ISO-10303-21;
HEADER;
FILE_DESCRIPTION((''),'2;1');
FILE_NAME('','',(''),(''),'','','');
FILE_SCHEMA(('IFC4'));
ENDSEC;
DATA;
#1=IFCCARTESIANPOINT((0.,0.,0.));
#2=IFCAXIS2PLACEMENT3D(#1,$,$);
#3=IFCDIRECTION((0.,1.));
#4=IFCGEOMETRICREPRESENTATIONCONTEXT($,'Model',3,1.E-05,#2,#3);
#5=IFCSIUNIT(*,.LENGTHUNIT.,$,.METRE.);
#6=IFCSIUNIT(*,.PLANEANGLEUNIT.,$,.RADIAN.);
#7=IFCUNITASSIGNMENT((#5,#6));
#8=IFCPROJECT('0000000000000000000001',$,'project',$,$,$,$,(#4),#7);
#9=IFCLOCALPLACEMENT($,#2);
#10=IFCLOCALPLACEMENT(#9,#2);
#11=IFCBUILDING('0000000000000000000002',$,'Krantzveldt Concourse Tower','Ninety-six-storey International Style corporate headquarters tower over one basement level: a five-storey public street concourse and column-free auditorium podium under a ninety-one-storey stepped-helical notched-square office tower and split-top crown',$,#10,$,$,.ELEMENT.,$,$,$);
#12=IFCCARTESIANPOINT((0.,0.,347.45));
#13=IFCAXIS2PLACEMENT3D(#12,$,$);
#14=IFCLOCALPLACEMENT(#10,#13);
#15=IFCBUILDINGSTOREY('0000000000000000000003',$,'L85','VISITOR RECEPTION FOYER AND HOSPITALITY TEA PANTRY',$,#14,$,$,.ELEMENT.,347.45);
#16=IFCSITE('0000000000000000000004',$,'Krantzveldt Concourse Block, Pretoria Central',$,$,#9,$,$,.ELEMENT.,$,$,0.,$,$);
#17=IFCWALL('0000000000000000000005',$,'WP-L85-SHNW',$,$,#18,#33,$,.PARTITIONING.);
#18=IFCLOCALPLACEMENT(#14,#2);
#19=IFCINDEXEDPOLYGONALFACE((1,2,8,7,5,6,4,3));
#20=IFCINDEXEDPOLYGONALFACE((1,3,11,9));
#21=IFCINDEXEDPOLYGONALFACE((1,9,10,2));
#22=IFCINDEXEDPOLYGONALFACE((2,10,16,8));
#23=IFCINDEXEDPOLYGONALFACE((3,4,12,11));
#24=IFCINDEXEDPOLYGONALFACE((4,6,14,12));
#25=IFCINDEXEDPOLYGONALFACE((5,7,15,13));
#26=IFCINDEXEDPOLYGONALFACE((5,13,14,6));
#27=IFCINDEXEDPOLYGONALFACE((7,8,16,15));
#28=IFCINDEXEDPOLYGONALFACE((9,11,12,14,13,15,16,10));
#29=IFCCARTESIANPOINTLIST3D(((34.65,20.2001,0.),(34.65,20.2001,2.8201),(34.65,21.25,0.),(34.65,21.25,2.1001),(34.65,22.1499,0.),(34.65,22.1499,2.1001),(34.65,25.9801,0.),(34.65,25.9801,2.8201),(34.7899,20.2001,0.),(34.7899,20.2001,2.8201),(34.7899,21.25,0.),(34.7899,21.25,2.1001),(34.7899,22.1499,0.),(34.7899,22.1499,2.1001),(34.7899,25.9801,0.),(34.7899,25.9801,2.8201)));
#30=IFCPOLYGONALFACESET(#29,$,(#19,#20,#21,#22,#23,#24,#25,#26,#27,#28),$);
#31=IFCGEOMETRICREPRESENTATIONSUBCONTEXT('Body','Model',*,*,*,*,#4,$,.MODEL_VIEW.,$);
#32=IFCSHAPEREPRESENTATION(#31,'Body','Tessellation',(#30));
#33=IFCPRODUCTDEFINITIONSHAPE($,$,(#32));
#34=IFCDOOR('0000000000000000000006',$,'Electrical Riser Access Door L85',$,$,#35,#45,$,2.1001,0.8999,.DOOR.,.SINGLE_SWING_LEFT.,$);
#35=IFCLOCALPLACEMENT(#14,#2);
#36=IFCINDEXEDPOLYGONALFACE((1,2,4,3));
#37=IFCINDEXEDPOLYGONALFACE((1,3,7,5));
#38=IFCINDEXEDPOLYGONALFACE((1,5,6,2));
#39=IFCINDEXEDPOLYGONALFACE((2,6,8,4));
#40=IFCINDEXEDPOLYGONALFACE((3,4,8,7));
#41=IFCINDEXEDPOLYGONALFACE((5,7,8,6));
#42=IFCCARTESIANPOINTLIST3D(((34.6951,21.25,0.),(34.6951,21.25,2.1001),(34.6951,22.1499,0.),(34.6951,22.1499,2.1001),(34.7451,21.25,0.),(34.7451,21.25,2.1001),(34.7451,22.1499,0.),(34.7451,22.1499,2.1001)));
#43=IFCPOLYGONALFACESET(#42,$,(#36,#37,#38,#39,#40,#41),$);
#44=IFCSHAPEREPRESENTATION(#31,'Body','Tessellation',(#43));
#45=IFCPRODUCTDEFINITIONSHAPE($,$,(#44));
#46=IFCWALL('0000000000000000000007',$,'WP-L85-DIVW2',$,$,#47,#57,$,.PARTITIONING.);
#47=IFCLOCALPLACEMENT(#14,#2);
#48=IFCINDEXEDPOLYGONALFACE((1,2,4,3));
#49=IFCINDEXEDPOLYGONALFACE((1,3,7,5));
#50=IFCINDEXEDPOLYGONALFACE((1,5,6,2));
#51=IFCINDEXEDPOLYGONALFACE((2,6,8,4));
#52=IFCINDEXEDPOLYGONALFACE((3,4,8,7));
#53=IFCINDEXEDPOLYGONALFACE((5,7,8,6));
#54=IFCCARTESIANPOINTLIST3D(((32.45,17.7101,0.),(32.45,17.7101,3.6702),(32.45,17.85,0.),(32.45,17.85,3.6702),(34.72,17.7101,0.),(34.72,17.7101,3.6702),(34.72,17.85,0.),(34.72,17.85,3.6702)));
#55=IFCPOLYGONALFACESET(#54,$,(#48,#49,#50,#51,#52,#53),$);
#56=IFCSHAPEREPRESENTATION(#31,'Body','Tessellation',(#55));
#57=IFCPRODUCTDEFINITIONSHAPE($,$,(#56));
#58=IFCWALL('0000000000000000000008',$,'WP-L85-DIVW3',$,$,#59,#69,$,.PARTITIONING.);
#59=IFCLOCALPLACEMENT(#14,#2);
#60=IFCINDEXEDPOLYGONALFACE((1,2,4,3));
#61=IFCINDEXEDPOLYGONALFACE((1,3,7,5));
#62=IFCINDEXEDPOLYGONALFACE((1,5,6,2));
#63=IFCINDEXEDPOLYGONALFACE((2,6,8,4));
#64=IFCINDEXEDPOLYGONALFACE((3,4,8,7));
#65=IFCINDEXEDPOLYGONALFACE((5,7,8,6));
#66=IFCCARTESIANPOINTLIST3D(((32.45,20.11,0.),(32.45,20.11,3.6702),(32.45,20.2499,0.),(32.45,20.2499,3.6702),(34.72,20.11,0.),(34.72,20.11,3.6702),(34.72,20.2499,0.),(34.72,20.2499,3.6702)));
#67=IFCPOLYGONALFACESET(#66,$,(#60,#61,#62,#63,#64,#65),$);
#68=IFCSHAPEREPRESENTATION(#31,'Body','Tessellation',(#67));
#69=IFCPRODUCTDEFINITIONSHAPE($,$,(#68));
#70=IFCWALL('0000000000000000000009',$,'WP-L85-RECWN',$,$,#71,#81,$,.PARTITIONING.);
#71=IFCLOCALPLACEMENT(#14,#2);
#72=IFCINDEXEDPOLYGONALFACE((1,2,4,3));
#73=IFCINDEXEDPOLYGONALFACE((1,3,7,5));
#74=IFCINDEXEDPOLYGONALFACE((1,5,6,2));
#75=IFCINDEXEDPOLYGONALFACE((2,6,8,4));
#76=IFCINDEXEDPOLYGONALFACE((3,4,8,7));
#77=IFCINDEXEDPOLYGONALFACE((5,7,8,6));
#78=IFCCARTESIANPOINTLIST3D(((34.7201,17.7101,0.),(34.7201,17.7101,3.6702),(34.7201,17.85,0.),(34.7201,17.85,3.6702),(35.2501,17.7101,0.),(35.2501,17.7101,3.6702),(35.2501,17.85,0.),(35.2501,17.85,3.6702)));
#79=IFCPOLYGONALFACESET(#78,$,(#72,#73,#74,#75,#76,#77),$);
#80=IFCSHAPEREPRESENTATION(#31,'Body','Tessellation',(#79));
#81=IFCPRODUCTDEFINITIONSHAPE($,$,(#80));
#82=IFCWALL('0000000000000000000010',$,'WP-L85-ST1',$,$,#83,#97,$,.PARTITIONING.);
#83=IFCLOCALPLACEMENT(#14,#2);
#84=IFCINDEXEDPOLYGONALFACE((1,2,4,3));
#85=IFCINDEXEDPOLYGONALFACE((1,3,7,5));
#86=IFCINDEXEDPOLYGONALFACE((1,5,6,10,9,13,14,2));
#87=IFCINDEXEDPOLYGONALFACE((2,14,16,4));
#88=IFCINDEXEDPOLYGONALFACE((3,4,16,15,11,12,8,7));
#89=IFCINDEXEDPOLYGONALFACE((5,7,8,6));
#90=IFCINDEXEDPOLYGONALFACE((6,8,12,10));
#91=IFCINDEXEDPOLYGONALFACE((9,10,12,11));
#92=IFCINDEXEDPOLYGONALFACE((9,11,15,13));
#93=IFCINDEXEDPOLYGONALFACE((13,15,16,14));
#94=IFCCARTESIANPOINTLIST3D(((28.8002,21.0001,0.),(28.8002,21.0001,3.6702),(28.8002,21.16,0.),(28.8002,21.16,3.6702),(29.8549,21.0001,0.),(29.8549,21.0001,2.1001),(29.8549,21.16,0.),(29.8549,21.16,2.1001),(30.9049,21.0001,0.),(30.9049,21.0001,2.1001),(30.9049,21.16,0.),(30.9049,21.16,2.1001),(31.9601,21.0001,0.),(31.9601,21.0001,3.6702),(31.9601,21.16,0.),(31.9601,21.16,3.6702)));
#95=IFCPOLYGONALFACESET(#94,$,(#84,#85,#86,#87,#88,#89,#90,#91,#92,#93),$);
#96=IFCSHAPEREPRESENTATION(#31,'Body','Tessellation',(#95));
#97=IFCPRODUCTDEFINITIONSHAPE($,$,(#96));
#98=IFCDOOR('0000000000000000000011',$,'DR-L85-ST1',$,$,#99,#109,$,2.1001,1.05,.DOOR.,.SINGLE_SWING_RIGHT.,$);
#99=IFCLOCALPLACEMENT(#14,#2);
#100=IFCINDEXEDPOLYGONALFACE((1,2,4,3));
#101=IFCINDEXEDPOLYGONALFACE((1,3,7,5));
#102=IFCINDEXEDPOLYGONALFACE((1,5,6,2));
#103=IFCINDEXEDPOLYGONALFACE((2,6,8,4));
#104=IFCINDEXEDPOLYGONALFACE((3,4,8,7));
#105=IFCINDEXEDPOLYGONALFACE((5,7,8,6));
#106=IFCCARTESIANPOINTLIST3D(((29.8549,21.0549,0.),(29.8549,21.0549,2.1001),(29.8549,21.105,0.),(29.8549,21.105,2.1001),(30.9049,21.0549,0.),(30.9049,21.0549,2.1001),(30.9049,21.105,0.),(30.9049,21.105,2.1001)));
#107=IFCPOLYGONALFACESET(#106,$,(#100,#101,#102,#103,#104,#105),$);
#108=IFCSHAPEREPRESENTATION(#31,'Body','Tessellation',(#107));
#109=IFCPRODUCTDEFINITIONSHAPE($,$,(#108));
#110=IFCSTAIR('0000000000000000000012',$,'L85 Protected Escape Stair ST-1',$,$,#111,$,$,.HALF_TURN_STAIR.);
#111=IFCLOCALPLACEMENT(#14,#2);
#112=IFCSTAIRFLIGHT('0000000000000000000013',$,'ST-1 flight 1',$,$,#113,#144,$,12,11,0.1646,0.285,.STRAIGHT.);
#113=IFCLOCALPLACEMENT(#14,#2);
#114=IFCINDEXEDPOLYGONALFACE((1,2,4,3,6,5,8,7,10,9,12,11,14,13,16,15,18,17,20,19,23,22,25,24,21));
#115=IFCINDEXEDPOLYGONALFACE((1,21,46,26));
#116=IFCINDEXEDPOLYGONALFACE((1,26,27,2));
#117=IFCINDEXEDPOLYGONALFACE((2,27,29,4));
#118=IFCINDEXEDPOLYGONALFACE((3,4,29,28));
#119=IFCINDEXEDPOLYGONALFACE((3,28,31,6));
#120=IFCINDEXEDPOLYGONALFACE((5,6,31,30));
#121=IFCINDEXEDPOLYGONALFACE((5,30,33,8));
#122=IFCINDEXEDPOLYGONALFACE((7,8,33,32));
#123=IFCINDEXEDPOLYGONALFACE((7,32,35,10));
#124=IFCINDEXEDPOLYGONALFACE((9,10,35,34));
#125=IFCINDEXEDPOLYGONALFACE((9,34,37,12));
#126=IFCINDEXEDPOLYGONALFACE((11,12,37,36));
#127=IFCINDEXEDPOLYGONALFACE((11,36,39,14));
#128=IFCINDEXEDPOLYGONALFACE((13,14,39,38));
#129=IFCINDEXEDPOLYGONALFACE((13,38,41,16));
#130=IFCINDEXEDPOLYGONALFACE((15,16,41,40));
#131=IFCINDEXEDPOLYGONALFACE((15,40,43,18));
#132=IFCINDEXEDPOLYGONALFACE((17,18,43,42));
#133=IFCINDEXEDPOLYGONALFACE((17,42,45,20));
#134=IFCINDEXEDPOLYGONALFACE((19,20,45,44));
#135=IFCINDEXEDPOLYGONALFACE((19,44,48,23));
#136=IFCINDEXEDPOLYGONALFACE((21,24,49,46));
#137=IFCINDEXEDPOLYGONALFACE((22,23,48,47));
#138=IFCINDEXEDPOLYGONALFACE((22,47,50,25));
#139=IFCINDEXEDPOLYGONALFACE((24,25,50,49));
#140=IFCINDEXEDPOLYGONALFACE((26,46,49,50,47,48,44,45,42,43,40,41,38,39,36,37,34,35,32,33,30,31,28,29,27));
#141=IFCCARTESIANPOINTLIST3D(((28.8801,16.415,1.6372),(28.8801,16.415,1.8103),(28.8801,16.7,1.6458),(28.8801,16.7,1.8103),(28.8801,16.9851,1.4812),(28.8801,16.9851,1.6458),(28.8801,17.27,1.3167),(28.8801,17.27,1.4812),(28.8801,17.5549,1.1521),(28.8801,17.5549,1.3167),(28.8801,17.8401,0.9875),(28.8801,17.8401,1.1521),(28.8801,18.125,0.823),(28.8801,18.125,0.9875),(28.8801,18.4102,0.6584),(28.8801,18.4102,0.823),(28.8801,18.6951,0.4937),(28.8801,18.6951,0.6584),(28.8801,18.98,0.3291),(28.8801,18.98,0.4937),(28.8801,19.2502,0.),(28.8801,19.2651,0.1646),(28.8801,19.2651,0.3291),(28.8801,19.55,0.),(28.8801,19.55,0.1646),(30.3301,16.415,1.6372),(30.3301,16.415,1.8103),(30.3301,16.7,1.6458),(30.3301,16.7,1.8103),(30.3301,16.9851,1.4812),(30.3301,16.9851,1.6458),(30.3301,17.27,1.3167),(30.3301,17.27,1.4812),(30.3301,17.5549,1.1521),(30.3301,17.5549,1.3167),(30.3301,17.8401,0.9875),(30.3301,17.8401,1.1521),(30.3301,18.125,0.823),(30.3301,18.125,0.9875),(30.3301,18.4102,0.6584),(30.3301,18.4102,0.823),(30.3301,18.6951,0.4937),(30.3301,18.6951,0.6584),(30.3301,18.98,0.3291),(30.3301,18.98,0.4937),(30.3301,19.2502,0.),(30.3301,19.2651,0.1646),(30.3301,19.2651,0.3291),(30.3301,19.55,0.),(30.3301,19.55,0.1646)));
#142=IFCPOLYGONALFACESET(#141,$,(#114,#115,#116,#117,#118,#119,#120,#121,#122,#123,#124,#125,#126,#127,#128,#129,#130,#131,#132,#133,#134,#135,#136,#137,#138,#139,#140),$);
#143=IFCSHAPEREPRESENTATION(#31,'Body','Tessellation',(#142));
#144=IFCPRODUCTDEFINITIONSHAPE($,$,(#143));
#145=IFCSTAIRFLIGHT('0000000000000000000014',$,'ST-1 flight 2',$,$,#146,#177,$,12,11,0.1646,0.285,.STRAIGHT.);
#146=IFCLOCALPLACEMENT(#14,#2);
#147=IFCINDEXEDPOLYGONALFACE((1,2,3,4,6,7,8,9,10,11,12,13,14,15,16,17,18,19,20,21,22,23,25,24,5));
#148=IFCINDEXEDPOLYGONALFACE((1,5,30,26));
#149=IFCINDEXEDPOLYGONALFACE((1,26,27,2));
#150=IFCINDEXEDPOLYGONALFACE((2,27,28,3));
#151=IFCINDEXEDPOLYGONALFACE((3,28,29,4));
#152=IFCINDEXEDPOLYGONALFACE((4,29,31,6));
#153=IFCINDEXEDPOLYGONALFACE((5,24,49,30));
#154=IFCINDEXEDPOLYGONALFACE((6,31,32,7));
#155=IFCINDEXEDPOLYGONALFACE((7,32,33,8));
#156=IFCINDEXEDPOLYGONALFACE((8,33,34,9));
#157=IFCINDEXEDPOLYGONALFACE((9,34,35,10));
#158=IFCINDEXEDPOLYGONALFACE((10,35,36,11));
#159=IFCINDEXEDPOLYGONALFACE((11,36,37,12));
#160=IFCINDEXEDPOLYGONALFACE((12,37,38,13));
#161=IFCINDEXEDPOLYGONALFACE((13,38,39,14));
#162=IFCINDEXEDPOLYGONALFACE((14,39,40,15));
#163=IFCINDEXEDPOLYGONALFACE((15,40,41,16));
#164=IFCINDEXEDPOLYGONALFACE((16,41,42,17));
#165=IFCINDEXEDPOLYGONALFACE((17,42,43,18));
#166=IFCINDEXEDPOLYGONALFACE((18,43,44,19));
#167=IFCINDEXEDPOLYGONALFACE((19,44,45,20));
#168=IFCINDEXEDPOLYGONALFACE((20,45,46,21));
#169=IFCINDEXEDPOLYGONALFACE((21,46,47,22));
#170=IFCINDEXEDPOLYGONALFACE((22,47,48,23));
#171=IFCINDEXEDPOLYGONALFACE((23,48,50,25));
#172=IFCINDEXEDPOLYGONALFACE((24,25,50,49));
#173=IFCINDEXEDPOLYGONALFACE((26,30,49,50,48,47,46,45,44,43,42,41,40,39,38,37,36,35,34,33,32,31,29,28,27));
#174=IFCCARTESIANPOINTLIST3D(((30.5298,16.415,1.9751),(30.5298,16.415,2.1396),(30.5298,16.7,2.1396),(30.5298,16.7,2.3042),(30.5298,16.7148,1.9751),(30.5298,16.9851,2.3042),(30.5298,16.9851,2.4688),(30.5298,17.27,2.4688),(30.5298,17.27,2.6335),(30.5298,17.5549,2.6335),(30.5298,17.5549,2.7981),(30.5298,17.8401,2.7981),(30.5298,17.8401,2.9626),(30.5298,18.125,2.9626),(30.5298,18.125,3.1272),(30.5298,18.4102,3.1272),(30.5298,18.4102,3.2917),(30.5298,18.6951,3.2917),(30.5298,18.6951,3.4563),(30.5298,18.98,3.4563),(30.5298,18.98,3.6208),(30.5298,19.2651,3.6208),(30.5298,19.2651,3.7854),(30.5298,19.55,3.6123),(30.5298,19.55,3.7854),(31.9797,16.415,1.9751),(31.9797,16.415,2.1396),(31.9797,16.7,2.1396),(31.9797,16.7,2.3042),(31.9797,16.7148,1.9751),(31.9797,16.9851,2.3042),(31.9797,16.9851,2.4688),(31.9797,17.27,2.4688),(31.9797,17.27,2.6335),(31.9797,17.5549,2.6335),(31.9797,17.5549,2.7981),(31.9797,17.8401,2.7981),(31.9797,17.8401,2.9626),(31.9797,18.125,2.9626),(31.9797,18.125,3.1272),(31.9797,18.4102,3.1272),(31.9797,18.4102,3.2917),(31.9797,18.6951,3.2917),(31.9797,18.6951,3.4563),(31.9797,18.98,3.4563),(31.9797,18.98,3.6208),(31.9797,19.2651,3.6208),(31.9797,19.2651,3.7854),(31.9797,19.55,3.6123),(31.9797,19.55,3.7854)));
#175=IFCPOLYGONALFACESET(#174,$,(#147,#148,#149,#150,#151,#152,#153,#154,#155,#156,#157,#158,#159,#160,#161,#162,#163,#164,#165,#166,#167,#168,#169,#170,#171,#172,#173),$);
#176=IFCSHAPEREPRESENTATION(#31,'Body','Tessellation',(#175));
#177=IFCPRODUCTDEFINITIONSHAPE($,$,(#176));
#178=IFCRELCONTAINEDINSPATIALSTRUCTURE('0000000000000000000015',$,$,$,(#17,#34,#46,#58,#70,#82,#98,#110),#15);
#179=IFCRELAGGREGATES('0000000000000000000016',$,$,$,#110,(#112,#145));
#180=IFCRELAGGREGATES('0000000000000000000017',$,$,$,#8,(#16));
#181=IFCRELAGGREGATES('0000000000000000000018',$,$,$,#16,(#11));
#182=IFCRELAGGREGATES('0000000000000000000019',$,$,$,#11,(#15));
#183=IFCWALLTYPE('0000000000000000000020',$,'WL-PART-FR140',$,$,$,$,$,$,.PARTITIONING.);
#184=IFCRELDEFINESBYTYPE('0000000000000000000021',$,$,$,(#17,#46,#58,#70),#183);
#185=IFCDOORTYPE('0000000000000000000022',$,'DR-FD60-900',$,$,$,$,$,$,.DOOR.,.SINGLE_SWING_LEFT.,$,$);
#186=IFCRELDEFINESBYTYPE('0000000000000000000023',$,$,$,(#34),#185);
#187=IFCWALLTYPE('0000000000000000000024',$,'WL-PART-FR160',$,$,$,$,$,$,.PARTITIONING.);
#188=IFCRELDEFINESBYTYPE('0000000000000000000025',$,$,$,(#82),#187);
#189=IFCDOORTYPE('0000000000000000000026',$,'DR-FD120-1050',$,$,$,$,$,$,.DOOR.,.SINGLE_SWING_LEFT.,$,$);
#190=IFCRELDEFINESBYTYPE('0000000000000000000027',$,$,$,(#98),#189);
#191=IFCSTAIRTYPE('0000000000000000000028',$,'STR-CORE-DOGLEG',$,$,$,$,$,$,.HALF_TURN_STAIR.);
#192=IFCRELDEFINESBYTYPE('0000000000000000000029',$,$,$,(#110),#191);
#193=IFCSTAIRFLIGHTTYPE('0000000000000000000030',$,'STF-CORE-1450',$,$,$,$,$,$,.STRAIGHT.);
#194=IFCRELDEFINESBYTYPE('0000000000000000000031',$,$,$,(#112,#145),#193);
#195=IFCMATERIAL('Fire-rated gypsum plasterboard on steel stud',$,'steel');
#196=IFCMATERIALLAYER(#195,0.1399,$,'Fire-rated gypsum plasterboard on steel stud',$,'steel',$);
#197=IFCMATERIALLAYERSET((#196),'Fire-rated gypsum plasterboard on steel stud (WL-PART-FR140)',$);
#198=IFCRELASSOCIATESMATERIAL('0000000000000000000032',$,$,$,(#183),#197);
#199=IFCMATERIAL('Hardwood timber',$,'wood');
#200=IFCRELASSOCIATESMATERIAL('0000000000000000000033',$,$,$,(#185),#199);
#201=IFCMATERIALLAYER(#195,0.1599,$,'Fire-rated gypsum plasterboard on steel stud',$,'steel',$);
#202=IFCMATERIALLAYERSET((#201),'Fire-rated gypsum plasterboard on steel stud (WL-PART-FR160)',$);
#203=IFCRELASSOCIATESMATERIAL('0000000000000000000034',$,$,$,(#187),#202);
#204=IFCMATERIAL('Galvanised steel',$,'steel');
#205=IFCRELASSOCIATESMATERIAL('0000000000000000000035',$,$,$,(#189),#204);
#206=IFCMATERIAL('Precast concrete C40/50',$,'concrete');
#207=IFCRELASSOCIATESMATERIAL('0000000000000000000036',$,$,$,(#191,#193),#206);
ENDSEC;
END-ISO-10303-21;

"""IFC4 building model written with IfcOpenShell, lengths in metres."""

from ifc_helpers import new_model, si_unit, direction, frame, frame_2d, origin, place, context, subcontext, project, spatial, polyline, rectangle, outline, extrude, material, layer, layer_set, type_object, element, fill, aggregate, save


model = new_model("IFC4")

# Units and contexts
model_context = context("Model", 3, precision=1e-05, world=origin(), true_north=direction((0.0, 1.0)))
body_context = subcontext(model_context, "Body", "Model", "MODEL_VIEW")
ifc_project = project(units=[si_unit("LENGTHUNIT", "METRE"), si_unit("PLANEANGLEUNIT", "RADIAN")], contexts=[model_context])

# Site, building, storey
site_placement = place(None, origin())
site = spatial("IfcSite", under=ifc_project, at=site_placement, Name="Krantzveldt Concourse Block, Pretoria Central", CompositionType="ELEMENT", RefElevation=0.0)
building_placement = place(site_placement, origin())
building = spatial("IfcBuilding", under=site, at=building_placement, Name="Krantzveldt Concourse Tower", Description="Ninety-six-storey International Style corporate headquarters tower over one basement level: a five-storey public street concourse and column-free auditorium podium under a ninety-one-storey stepped-helical notched-square office tower and split-top crown", CompositionType="ELEMENT")
storey_placement = place(building_placement, frame((0.0, 0.0, 347.45)))
storey = spatial("IfcBuildingStorey", under=building, at=storey_placement, Name="L85", Description="VISITOR RECEPTION FOYER AND HOSPITALITY TEA PANTRY", CompositionType="ELEMENT", Elevation=347.45)

# Wall, opening, door
ifc_material_1 = material(Name="Fire-rated gypsum plasterboard on steel stud", Category="steel")
ifc_layer_1 = layer(ifc_material_1, 0.1399, Name="Fire-rated gypsum plasterboard on steel stud", Category="steel")
ifc_layer_set_1 = layer_set([ifc_layer_1], Name="Fire-rated gypsum plasterboard on steel stud (WL-PART-FR140)")
wall_type_1 = type_object("IfcWallType", Name="WL-PART-FR140", PredefinedType="PARTITIONING", material=ifc_layer_set_1)
wall_1_placement = place(storey_placement, frame((34.72, 20.2, 0.0), z_axis=(0.0, 0.0, 1.0), x_axis=(0.0, 1.0, 0.0)))
wall_1 = element("IfcWall", 1, at=wall_1_placement, inside=storey, type_object=wall_type_1, Name="WP-L85-SHNW", PredefinedType="PARTITIONING", context=body_context, shape_type="SweptSolid", body=[
    extrude(rectangle(XDim=5.78, YDim=0.1399, at=frame_2d((2.8901, 0.0))), origin(), (0.0, 0.0, 1.0), 2.8201),
])
opening_1_placement = place(wall_1_placement, frame((1.05, 0.0, 0.0)))
opening_1 = element("IfcOpeningElement", 2, at=opening_1_placement, cuts=wall_1, PredefinedType="OPENING", context=body_context, shape_type="SweptSolid", body=[
    extrude(rectangle(XDim=0.8999, YDim=2.1001, at=frame_2d((0.45, 1.05))), frame((0.0, 0.0801, 0.0), z_axis=(0.0, -1.0, 0.0), x_axis=(1.0, 0.0, 0.0)), (0.0, 0.0, 1.0), 0.1599),
])
ifc_material_2 = material(Name="Hardwood timber", Category="wood")
door_type_1 = type_object("IfcDoorType", Name="DR-FD60-900", OperationType="SINGLE_SWING_LEFT", PredefinedType="DOOR", material=ifc_material_2)
door_1_placement = place(opening_1_placement, origin())
door_1 = element("IfcDoor", 3, at=door_1_placement, inside=storey, type_object=door_type_1, Name="Electrical Riser Access Door L85", OperationType="SINGLE_SWING_LEFT", OverallHeight=2.1001, OverallWidth=0.8999, PredefinedType="DOOR", context=body_context, shape_type="SweptSolid", body=[
    extrude(rectangle(XDim=0.8999, YDim=2.1001, at=frame_2d((0.45, 1.05))), frame((0.0, 0.0249, 0.0), z_axis=(0.0, -1.0, 0.0), x_axis=(1.0, 0.0, 0.0)), (0.0, 0.0, 1.0), 0.05),
])
fill(opening_1, door_1)

# Walls
for number, where, z_axis, x_axis, name in (
    (4, (32.45, 17.78, 0.0), (0.0, 0.0, 1.0), (1.0, 0.0, 0.0), "WP-L85-DIVW2"),
    (5, (32.45, 20.1799, 0.0), (0.0, 0.0, 1.0), (1.0, 0.0, 0.0), "WP-L85-DIVW3"),
):
    element("IfcWall", number, at=place(storey_placement, frame(where, z_axis=z_axis, x_axis=x_axis)), inside=storey, type_object=wall_type_1, Name=name, PredefinedType="PARTITIONING", context=body_context, shape_type="SweptSolid", body=[
        extrude(rectangle(XDim=2.27, YDim=0.1399, at=frame_2d((1.135, 0.0))), origin(), (0.0, 0.0, 1.0), 3.6702),
    ])
wall_2_placement = place(storey_placement, frame((34.72, 17.78, 0.0), z_axis=(0.0, 0.0, 1.0), x_axis=(1.0, 0.0, 0.0)))
element("IfcWall", 6, at=wall_2_placement, inside=storey, type_object=wall_type_1, Name="WP-L85-RECWN", PredefinedType="PARTITIONING", context=body_context, shape_type="SweptSolid", body=[
    extrude(rectangle(XDim=0.53, YDim=0.1399, at=frame_2d((0.2651, 0.0))), origin(), (0.0, 0.0, 1.0), 3.6702),
])

# Wall, opening, door
ifc_layer_2 = layer(ifc_material_1, 0.1599, Name="Fire-rated gypsum plasterboard on steel stud", Category="steel")
ifc_layer_set_2 = layer_set([ifc_layer_2], Name="Fire-rated gypsum plasterboard on steel stud (WL-PART-FR160)")
wall_type_2 = type_object("IfcWallType", Name="WL-PART-FR160", PredefinedType="PARTITIONING", material=ifc_layer_set_2)
wall_3_placement = place(storey_placement, frame((28.8, 21.0801, 0.0), z_axis=(0.0, 0.0, 1.0), x_axis=(1.0, 0.0, 0.0)))
wall_3 = element("IfcWall", 7, at=wall_3_placement, inside=storey, type_object=wall_type_2, Name="WP-L85-ST1", PredefinedType="PARTITIONING", context=body_context, shape_type="SweptSolid", body=[
    extrude(rectangle(XDim=3.1599, YDim=0.1599, at=frame_2d((1.5801, 0.0))), origin(), (0.0, 0.0, 1.0), 3.6702),
])
opening_2_placement = place(wall_3_placement, frame((1.0549, 0.0, 0.0)))
opening_2 = element("IfcOpeningElement", 8, at=opening_2_placement, cuts=wall_3, PredefinedType="OPENING", context=body_context, shape_type="SweptSolid", body=[
    extrude(rectangle(XDim=1.05, YDim=2.1001, at=frame_2d((0.5249, 1.05))), frame((0.0, 0.0898, 0.0), z_axis=(0.0, -1.0, 0.0), x_axis=(1.0, 0.0, 0.0)), (0.0, 0.0, 1.0), 0.1799),
])
ifc_material_3 = material(Name="Galvanised steel", Category="steel")
door_type_2 = type_object("IfcDoorType", Name="DR-FD120-1050", OperationType="SINGLE_SWING_LEFT", PredefinedType="DOOR", material=ifc_material_3)
door_2_placement = place(opening_2_placement, origin())
door_2 = element("IfcDoor", 9, at=door_2_placement, inside=storey, type_object=door_type_2, Name="DR-L85-ST1", OperationType="SINGLE_SWING_RIGHT", OverallHeight=2.1001, OverallWidth=1.05, PredefinedType="DOOR", context=body_context, shape_type="SweptSolid", body=[
    extrude(rectangle(XDim=1.05, YDim=2.1001, at=frame_2d((0.5249, 1.05))), frame((0.0, 0.0249, 0.0), z_axis=(0.0, -1.0, 0.0), x_axis=(1.0, 0.0, 0.0)), (0.0, 0.0, 1.0), 0.05),
])
fill(opening_2, door_2)

# Stair, stair flights
ifc_material_4 = material(Name="Precast concrete C40/50", Category="concrete")
stair_type = type_object("IfcStairType", Name="STR-CORE-DOGLEG", PredefinedType="HALF_TURN_STAIR", material=ifc_material_4)
stair_placement = place(storey_placement, origin())
stair = element("IfcStair", 10, at=stair_placement, inside=storey, type_object=stair_type, Name="L85 Protected Escape Stair ST-1", PredefinedType="HALF_TURN_STAIR")
stair_flight_type = type_object("IfcStairFlightType", Name="STF-CORE-1450", PredefinedType="STRAIGHT", material=ifc_material_4)
stair_flight_1_placement = place(storey_placement, frame((29.605, 19.55, 0.0), z_axis=(0.0, 0.0, 1.0), x_axis=(0.0, -1.0, 0.0)))
stair_flight_1 = element("IfcStairFlight", 11, at=stair_flight_1_placement, type_object=stair_flight_type, Name="ST-1 flight 1", NumberOfRisers=12, NumberOfTreads=11, PredefinedType="STRAIGHT", RiserHeight=0.1646, TreadLength=0.285, context=body_context, shape_type="SweptSolid", body=[
    extrude(outline(polyline([(0.0, 0.0), (0.0, 0.1646), (0.2849, 0.1646), (0.2849, 0.3291), (0.5701, 0.3291), (0.5701, 0.4937), (0.855, 0.4937), (0.855, 0.6584), (1.1399, 0.6584), (1.1399, 0.823), (1.425, 0.823), (1.425, 0.9875), (1.71, 0.9875), (1.71, 1.1521), (1.9951, 1.1521), (1.9951, 1.3167), (2.28, 1.3167), (2.28, 1.4812), (2.5649, 1.4812), (2.5649, 1.6458), (2.8501, 1.6458), (2.8501, 1.8103), (3.135, 1.8103), (3.135, 1.9751), (3.135, 1.6372), (0.2998, 0.0), (0.0, 0.0)])), frame((0.0, 0.7251, 0.0), z_axis=(0.0, -1.0, 0.0), x_axis=(1.0, 0.0, 0.0)), (0.0, 0.0, 1.0), 1.45),
])
stair_flight_2_placement = place(storey_placement, frame((31.2549, 16.415, 1.9751), z_axis=(0.0, 0.0, 1.0), x_axis=(0.0, 1.0, 0.0)))
stair_flight_2 = element("IfcStairFlight", 12, at=stair_flight_2_placement, type_object=stair_flight_type, Name="ST-1 flight 2", NumberOfRisers=12, NumberOfTreads=11, PredefinedType="STRAIGHT", RiserHeight=0.1646, TreadLength=0.285, context=body_context, shape_type="SweptSolid", body=[
    extrude(outline(polyline([(0.0, 0.0), (0.0, 0.1646), (0.2849, 0.1646), (0.2849, 0.3291), (0.5701, 0.3291), (0.5701, 0.4937), (0.855, 0.4937), (0.855, 0.6584), (1.1399, 0.6584), (1.1399, 0.823), (1.425, 0.823), (1.425, 0.9875), (1.71, 0.9875), (1.71, 1.1521), (1.9951, 1.1521), (1.9951, 1.3167), (2.28, 1.3167), (2.28, 1.4812), (2.5649, 1.4812), (2.5649, 1.6458), (2.8501, 1.6458), (2.8501, 1.8103), (3.135, 1.8103), (3.135, 1.9751), (3.135, 1.6372), (0.2998, 0.0), (0.0, 0.0)])), frame((0.0, 0.7251, 0.0), z_axis=(0.0, -1.0, 0.0), x_axis=(1.0, 0.0, 0.0)), (0.0, 0.0, 1.0), 1.45),
])
aggregate(stair, [stair_flight_1, stair_flight_2])

save(model, "model.ifc")
